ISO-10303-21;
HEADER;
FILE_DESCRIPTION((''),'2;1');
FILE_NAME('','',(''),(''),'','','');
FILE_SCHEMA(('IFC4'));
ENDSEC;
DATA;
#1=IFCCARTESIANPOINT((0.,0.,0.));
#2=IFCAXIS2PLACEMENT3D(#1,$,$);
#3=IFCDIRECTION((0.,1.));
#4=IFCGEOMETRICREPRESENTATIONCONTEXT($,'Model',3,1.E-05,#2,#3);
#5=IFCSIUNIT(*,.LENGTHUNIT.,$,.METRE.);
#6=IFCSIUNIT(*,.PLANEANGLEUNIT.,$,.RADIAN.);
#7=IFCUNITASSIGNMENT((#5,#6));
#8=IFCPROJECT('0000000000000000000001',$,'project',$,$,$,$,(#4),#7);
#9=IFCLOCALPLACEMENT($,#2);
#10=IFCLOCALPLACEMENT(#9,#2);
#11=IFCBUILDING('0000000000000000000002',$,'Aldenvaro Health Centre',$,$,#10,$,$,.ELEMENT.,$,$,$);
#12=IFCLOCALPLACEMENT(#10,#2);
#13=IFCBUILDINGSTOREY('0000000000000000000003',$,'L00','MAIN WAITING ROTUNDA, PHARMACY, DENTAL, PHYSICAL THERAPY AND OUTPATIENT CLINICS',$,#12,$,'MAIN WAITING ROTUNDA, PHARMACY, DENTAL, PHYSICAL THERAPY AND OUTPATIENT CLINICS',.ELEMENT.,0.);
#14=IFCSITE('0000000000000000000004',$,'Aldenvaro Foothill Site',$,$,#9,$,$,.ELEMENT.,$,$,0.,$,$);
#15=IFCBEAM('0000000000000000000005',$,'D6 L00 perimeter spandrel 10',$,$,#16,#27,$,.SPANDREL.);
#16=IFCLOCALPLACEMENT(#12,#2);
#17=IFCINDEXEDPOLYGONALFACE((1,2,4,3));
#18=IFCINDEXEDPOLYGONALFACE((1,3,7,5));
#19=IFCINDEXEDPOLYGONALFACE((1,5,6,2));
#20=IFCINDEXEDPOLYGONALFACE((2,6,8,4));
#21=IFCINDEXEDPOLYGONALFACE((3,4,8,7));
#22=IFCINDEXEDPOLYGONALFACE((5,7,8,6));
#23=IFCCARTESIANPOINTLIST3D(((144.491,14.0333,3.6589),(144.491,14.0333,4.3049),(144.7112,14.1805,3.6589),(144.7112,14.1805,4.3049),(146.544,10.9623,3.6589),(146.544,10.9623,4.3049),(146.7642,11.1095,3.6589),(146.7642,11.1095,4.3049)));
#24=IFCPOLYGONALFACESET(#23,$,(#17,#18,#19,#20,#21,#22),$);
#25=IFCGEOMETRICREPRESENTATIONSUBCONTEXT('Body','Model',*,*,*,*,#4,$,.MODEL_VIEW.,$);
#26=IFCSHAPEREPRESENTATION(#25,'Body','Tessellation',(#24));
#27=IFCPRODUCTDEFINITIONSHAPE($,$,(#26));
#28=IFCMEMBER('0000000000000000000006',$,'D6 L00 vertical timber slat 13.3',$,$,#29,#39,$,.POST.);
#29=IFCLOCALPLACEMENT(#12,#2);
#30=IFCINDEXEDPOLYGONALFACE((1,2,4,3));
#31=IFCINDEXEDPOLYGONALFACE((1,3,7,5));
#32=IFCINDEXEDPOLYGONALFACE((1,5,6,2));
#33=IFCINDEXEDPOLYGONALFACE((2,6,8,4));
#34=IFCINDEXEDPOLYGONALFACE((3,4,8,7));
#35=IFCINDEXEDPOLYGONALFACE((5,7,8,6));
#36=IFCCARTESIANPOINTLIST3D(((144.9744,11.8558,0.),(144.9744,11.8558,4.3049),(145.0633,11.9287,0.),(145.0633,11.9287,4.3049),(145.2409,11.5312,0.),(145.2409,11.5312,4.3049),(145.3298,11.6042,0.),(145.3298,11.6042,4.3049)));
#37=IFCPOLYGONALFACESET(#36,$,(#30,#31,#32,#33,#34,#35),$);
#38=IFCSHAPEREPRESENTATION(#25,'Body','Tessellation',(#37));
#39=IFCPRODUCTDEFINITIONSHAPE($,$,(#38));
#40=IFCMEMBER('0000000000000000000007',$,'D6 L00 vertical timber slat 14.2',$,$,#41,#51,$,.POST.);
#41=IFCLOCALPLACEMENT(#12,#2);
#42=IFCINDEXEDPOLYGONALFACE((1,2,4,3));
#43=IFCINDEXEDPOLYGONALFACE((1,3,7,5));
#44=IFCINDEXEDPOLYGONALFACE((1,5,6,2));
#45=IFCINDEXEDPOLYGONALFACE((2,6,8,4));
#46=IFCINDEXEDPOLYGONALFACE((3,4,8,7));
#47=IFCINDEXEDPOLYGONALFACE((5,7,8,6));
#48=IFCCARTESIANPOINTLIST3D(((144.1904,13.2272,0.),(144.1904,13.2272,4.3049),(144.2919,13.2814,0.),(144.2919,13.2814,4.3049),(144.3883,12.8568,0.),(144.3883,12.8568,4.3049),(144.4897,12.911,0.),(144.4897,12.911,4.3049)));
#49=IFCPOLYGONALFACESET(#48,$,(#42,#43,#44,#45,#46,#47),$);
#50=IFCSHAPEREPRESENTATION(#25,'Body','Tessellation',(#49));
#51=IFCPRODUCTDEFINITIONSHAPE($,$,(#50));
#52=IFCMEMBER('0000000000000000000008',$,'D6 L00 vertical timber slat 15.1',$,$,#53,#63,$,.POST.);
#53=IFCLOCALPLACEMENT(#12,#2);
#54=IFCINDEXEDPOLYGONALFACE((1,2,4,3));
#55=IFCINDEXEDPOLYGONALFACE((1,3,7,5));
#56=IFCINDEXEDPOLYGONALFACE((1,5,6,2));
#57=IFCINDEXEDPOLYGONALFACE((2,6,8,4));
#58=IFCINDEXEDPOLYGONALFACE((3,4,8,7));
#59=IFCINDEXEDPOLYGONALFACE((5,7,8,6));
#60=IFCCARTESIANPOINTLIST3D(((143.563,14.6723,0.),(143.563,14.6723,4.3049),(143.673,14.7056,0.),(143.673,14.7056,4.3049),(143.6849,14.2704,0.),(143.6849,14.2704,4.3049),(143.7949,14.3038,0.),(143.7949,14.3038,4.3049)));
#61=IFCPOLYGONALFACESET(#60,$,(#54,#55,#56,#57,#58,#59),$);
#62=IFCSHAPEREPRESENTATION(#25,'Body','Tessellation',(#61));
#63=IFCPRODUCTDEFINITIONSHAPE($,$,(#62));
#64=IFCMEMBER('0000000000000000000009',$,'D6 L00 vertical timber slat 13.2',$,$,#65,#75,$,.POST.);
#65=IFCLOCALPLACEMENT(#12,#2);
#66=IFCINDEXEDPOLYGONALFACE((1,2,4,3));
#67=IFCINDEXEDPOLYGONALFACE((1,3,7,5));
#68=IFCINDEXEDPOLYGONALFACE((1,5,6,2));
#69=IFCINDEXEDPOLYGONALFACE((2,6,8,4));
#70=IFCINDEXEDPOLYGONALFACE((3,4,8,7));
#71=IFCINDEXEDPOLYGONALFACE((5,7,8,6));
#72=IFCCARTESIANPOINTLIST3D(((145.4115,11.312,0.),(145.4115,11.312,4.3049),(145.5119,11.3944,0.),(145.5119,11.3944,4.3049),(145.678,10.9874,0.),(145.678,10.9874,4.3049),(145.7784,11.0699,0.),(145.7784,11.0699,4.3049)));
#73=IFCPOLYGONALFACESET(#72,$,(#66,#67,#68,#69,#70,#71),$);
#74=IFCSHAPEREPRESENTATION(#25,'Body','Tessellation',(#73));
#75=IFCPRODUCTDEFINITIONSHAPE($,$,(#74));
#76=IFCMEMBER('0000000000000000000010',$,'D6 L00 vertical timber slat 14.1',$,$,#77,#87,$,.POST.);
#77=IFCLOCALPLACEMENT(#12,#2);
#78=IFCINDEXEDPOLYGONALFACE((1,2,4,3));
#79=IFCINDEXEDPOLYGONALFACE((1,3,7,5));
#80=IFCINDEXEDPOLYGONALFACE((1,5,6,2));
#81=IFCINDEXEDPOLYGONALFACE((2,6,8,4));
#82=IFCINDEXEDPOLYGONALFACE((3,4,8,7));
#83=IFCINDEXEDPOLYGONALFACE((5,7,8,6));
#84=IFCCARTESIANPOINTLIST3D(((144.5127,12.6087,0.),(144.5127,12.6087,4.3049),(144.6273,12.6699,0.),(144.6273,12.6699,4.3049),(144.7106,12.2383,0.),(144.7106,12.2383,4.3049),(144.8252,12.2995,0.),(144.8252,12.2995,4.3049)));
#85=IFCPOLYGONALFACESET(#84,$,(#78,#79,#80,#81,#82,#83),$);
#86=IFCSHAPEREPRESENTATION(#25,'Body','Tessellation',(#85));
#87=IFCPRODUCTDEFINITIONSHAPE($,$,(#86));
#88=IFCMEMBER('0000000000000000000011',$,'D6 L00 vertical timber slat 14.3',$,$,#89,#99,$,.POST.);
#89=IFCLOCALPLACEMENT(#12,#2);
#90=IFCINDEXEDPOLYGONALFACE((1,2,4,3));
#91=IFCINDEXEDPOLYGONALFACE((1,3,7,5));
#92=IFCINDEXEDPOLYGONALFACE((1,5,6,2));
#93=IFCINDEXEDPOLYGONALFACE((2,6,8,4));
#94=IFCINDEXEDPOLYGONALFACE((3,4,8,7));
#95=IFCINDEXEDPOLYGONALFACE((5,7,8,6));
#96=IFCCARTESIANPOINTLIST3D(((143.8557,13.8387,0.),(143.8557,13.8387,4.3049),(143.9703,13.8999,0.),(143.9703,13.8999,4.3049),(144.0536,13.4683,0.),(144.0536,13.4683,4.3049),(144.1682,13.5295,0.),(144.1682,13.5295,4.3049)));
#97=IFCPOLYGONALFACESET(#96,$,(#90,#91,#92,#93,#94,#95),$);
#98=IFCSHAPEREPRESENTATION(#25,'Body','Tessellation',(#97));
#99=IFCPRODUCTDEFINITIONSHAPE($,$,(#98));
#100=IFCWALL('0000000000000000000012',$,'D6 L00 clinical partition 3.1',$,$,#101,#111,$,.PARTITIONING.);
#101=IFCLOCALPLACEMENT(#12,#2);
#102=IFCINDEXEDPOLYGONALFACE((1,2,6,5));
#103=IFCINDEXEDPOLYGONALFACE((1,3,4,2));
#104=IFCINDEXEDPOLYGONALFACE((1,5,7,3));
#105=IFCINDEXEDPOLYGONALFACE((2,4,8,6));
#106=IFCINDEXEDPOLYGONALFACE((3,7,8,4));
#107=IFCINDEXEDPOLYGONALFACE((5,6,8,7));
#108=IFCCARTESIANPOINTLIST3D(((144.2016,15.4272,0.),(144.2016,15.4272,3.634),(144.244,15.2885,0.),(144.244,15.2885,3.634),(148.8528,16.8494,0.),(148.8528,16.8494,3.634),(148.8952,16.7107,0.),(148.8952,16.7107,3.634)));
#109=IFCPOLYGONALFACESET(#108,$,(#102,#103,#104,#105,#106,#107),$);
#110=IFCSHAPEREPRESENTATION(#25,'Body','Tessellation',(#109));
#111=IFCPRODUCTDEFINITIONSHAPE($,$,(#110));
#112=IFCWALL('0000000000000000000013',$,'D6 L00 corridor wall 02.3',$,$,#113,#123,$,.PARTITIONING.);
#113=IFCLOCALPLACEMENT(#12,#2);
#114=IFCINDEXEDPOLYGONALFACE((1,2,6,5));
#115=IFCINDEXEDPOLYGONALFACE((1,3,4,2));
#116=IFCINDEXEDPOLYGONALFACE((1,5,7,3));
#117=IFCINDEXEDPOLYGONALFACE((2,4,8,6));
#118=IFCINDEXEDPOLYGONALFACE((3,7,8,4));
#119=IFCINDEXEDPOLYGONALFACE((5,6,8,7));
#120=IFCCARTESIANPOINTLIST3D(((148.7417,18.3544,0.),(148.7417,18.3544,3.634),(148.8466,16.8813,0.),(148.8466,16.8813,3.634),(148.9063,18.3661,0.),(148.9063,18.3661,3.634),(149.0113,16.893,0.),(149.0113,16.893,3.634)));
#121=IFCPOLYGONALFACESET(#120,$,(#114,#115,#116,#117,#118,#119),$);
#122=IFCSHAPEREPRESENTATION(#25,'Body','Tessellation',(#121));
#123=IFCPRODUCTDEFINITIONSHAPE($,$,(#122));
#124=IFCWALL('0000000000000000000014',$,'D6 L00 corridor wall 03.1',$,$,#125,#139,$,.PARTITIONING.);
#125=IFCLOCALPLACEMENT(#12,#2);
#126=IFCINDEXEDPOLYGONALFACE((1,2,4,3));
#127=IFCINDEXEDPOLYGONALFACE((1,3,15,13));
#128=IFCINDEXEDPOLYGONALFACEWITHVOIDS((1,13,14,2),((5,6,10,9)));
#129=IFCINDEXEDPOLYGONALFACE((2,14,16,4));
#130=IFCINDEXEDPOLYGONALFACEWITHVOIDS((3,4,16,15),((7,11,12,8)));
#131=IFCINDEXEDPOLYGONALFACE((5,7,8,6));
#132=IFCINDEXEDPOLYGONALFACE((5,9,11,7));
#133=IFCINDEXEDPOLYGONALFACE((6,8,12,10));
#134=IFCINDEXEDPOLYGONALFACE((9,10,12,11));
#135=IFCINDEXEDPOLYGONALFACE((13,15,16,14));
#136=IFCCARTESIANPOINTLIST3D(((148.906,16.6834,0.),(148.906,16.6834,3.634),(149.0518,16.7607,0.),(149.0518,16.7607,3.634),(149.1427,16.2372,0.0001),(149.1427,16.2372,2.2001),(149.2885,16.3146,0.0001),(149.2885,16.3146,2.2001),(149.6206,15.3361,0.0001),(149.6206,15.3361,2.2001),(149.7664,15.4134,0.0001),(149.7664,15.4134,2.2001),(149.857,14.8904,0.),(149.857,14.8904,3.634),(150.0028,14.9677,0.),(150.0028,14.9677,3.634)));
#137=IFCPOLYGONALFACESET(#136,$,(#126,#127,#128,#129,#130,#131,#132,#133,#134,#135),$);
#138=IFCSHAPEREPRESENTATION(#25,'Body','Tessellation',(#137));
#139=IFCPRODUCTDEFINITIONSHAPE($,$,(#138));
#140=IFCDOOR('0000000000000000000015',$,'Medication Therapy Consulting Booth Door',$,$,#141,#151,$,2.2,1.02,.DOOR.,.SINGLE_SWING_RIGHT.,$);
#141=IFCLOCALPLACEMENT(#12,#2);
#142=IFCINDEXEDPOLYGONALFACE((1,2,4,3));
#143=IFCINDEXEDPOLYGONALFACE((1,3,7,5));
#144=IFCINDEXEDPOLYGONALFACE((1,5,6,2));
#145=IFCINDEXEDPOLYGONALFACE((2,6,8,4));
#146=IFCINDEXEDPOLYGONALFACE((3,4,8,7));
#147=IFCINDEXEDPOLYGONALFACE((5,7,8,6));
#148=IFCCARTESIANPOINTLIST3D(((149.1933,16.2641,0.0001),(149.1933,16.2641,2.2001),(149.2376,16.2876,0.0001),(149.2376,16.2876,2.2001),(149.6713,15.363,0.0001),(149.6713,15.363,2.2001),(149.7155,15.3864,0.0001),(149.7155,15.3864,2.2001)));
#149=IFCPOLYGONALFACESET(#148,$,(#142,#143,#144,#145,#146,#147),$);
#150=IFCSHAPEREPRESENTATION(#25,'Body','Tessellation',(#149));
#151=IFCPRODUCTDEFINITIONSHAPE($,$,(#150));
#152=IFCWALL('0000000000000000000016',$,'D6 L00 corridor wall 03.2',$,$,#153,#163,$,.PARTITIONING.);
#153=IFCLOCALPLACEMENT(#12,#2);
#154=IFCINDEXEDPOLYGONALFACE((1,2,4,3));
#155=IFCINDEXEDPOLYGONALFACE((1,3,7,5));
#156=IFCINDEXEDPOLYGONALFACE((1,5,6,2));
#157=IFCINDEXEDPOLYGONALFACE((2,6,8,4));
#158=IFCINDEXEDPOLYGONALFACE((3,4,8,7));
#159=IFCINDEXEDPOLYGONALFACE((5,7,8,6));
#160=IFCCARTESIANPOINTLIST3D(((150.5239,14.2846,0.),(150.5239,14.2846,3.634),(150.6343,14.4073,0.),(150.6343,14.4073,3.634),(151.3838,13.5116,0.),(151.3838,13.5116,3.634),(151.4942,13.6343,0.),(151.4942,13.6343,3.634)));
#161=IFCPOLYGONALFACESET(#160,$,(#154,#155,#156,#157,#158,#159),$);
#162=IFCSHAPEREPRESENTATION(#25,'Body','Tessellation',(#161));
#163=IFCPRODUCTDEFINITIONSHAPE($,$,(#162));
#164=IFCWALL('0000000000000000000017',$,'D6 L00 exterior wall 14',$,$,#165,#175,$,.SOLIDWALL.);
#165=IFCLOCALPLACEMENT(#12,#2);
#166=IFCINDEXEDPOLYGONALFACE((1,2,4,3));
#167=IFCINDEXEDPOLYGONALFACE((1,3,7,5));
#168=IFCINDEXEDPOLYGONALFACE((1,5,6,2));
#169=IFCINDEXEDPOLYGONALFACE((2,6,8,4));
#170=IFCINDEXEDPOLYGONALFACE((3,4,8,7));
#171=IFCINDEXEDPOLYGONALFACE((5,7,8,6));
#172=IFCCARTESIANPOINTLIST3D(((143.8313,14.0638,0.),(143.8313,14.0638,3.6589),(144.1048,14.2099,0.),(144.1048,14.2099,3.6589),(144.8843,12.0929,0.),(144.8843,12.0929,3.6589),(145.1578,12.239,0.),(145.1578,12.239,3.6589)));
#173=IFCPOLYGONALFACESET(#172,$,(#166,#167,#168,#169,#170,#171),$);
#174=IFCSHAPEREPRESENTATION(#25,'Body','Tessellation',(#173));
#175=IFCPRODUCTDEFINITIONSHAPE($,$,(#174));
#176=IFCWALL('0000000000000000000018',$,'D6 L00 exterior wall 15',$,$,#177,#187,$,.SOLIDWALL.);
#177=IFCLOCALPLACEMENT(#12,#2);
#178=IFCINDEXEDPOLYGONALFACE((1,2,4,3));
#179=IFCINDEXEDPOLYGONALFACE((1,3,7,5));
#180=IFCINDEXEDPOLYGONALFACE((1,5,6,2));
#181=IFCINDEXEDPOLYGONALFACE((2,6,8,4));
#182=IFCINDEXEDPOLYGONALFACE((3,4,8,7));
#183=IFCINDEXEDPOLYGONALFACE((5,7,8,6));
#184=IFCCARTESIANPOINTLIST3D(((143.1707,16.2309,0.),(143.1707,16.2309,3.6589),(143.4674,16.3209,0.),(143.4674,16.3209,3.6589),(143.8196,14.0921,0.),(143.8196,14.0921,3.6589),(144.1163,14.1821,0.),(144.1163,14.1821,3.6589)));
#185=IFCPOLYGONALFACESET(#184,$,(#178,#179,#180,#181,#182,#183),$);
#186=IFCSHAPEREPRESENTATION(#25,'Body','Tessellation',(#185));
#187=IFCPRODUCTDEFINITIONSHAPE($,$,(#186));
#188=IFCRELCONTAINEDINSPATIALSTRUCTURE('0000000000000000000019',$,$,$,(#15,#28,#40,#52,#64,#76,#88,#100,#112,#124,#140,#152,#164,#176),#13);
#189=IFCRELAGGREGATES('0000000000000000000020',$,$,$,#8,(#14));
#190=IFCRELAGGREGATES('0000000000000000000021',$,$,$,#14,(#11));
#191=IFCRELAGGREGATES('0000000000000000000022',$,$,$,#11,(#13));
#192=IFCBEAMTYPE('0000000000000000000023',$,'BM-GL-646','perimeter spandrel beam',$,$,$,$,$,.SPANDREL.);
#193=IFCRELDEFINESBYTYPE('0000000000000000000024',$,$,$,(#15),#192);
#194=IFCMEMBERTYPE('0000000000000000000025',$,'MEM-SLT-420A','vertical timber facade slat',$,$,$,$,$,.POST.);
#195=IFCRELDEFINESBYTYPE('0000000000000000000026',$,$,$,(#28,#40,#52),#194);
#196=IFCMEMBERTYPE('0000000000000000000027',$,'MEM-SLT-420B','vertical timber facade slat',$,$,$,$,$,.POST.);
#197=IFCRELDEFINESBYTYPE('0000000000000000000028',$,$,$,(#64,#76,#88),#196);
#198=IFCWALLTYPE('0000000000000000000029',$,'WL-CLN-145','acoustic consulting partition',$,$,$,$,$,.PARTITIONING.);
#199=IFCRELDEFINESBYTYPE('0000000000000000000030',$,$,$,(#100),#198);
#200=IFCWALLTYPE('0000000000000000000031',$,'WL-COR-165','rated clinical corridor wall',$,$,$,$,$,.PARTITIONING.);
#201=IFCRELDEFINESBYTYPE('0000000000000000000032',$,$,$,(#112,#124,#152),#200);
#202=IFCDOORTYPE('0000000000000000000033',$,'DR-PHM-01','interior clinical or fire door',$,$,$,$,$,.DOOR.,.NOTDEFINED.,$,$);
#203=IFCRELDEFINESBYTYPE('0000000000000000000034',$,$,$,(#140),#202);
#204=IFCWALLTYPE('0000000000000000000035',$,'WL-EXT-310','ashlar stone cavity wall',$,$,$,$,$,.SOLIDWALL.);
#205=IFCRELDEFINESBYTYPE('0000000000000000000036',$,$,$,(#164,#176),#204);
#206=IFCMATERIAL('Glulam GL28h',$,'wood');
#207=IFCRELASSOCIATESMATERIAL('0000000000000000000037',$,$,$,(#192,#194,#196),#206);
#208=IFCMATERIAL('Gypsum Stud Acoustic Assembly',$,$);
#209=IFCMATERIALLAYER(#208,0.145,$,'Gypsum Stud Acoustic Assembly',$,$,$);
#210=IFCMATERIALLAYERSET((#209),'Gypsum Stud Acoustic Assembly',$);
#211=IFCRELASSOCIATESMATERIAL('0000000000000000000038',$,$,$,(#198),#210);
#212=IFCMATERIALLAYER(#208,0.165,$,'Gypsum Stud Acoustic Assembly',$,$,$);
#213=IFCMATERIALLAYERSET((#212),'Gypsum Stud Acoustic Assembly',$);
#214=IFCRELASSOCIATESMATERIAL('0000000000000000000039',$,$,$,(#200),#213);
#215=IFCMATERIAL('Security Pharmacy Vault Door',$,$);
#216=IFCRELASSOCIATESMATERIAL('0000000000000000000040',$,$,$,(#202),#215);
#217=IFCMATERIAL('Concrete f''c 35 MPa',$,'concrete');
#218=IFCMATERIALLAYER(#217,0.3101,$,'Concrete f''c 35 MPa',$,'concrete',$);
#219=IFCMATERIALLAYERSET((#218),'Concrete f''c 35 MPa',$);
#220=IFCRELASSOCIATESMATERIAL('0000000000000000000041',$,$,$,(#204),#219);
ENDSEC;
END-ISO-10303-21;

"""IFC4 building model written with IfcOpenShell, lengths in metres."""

from ifc_helpers import new_model, si_unit, direction, frame, frame_2d, origin, origin_2d, place, context, subcontext, project, spatial, rectangle, extrude, material, layer, layer_set, material_profile, profile_set, type_object, element, fill, save


model = new_model("IFC4")

# Units and contexts
model_context = context("Model", 3, precision=1e-05, world=origin(), true_north=direction((0.0, 1.0)))
body_context = subcontext(model_context, "Body", "Model", "MODEL_VIEW")
ifc_project = project(units=[si_unit("LENGTHUNIT", "METRE"), si_unit("PLANEANGLEUNIT", "RADIAN")], contexts=[model_context])

# Site, building, storey
site_placement = place(None, origin())
site = spatial("IfcSite", under=ifc_project, at=site_placement, Name="Aldenvaro Foothill Site", CompositionType="ELEMENT", RefElevation=0.0)
building_placement = place(site_placement, origin())
building = spatial("IfcBuilding", under=site, at=building_placement, Name="Aldenvaro Health Centre", CompositionType="ELEMENT")
storey_placement = place(building_placement, origin())
storey = spatial("IfcBuildingStorey", under=building, at=storey_placement, Name="L00", Description="MAIN WAITING ROTUNDA, PHARMACY, DENTAL, PHYSICAL THERAPY AND OUTPATIENT CLINICS", LongName="MAIN WAITING ROTUNDA, PHARMACY, DENTAL, PHYSICAL THERAPY AND OUTPATIENT CLINICS", CompositionType="ELEMENT", Elevation=0.0)

# Shared definitions
ifc_material_1 = material(Name="Glulam GL28h", Category="wood")

# Beam
ifc_material_profile_1 = material_profile(ifc_material_1, rectangle(XDim=0.2649, YDim=0.646, at=origin_2d()), Name="GL 265x646", Category="wood")
ifc_profile_set_1 = profile_set([ifc_material_profile_1], Name="Glulam GL28h")
beam_type_1 = type_object("IfcBeamType", Name="BM-GL-646", Description="perimeter spandrel beam", PredefinedType="SPANDREL", material=ifc_profile_set_1)
beam_1_placement = place(storey_placement, frame((144.6011, 14.1069, 3.9819), z_axis=(0.555752, -0.831348, 0.0), x_axis=(0.831348, 0.555752, 0.0)))
element("IfcBeam", 1, at=beam_1_placement, inside=storey, type_object=beam_type_1, Name="D6 L00 perimeter spandrel 10", PredefinedType="SPANDREL", context=body_context, shape_type="SweptSolid", body=[
    extrude(rectangle(XDim=0.2649, YDim=0.646, at=origin_2d()), origin(), (0.0, 0.0, 1.0), 3.6941),
])

# Members
ifc_material_profile_2 = material_profile(ifc_material_1, rectangle(XDim=0.115, YDim=0.4199, at=origin_2d()), Name="GL 115x420", Category="wood")
ifc_profile_set_2 = profile_set([ifc_material_profile_2], Name="Glulam GL28h")
member_type_1 = type_object("IfcMemberType", Name="MEM-SLT-420A", Description="vertical timber facade slat", PredefinedType="POST", material=ifc_profile_set_2)
for number, where, z_axis, x_axis, name in (
    (2, (145.1521, 11.73, 0.0), (0.0, 0.0, 1.0), (-0.77286, -0.634577, 0.0), "D6 L00 vertical timber slat 13.3"),
    (3, (144.3401, 13.0691, 0.0), (0.0, 0.0, 1.0), (-0.882018, -0.471215, 0.0), "D6 L00 vertical timber slat 14.2"),
    (4, (143.679, 14.488, 0.0), (0.0, 0.0, 1.0), (-0.956923, -0.290343, 0.0), "D6 L00 vertical timber slat 15.1"),
):
    element("IfcMember", number, at=place(storey_placement, frame(where, z_axis=z_axis, x_axis=x_axis)), inside=storey, type_object=member_type_1, Name=name, PredefinedType="POST", context=body_context, shape_type="SweptSolid", body=[
        extrude(rectangle(XDim=0.115, YDim=0.4199, at=origin_2d()), origin(), (0.0, 0.0, 1.0), 4.3049),
    ])
ifc_material_profile_3 = material_profile(ifc_material_1, rectangle(XDim=0.1299, YDim=0.4199, at=origin_2d()), Name="GL 130x420", Category="wood")
ifc_profile_set_3 = profile_set([ifc_material_profile_3], Name="Glulam GL28h")
member_type_2 = type_object("IfcMemberType", Name="MEM-SLT-420B", Description="vertical timber facade slat", PredefinedType="POST", material=ifc_profile_set_3)
for number, where, z_axis, x_axis, name in (
    (5, (145.595, 11.1909, 0.0), (0.0, 0.0, 1.0), (-0.77286, -0.634577, 0.0), "D6 L00 vertical timber slat 13.2"),
    (6, (144.6689, 12.4541, 0.0), (0.0, 0.0, 1.0), (-0.882018, -0.471215, 0.0), "D6 L00 vertical timber slat 14.1"),
    (7, (144.012, 13.6841, 0.0), (0.0, 0.0, 1.0), (-0.882018, -0.471215, 0.0), "D6 L00 vertical timber slat 14.3"),
):
    element("IfcMember", number, at=place(storey_placement, frame(where, z_axis=z_axis, x_axis=x_axis)), inside=storey, type_object=member_type_2, Name=name, PredefinedType="POST", context=body_context, shape_type="SweptSolid", body=[
        extrude(rectangle(XDim=0.1299, YDim=0.4199, at=origin_2d()), origin(), (0.0, 0.0, 1.0), 4.3049),
    ])

# Walls
ifc_material_2 = material(Name="Gypsum Stud Acoustic Assembly")
ifc_layer_1 = layer(ifc_material_2, 0.145, Name="Gypsum Stud Acoustic Assembly")
ifc_layer_set_1 = layer_set([ifc_layer_1], Name="Gypsum Stud Acoustic Assembly")
wall_type_1 = type_object("IfcWallType", Name="WL-CLN-145", Description="acoustic consulting partition", PredefinedType="PARTITIONING", material=ifc_layer_set_1)
wall_1_placement = place(storey_placement, frame((148.874, 16.78, 0.0), z_axis=(0.0, 0.0, 1.0), x_axis=(-0.956297, -0.292396, 0.0)))
element("IfcWall", 8, at=wall_1_placement, inside=storey, type_object=wall_type_1, Name="D6 L00 clinical partition 3.1", PredefinedType="PARTITIONING", context=body_context, shape_type="SweptSolid", body=[
    extrude(rectangle(XDim=4.8638, YDim=0.145, at=frame_2d((2.4319, 0.0))), origin(), (0.0, 0.0, 1.0), 3.634),
])
ifc_layer_2 = layer(ifc_material_2, 0.165, Name="Gypsum Stud Acoustic Assembly")
ifc_layer_set_2 = layer_set([ifc_layer_2], Name="Gypsum Stud Acoustic Assembly")
wall_type_2 = type_object("IfcWallType", Name="WL-COR-165", Description="rated clinical corridor wall", PredefinedType="PARTITIONING", material=ifc_layer_set_2)
wall_2_placement = place(storey_placement, frame((148.824, 18.3601, 0.0), z_axis=(0.0, 0.0, 1.0), x_axis=(0.071083, -0.99747, 0.0)))
element("IfcWall", 9, at=wall_2_placement, inside=storey, type_object=wall_type_2, Name="D6 L00 corridor wall 02.3", PredefinedType="PARTITIONING", context=body_context, shape_type="SweptSolid", body=[
    extrude(rectangle(XDim=1.4768, YDim=0.165, at=frame_2d((0.7383, 0.0))), origin(), (0.0, 0.0, 1.0), 3.634),
])

# Wall, opening, door
wall_3_placement = place(storey_placement, frame((148.979, 16.7219, 0.0), z_axis=(0.0, 0.0, 1.0), x_axis=(0.468545, -0.883439, 0.0)))
wall_3 = element("IfcWall", 10, at=wall_3_placement, inside=storey, type_object=wall_type_2, Name="D6 L00 corridor wall 03.1", PredefinedType="PARTITIONING", context=body_context, shape_type="SweptSolid", body=[
    extrude(rectangle(XDim=2.0295, YDim=0.165, at=frame_2d((1.0146, 0.0))), origin(), (0.0, 0.0, 1.0), 3.634),
])
opening_placement = place(wall_3_placement, frame((0.5049, 0.0, 0.0)))
opening = element("IfcOpeningElement", 11, at=opening_placement, cuts=wall_3, PredefinedType="OPENING", context=body_context, shape_type="SweptSolid", body=[
    extrude(rectangle(XDim=1.02, YDim=2.2, at=frame_2d((0.51, 1.1001))), frame((0.0, 0.0925, 0.0), z_axis=(0.0, -1.0, 0.0), x_axis=(1.0, 0.0, 0.0)), (0.0, 0.0, 1.0), 0.1851),
])
ifc_material_3 = material(Name="Security Pharmacy Vault Door")
door_type = type_object("IfcDoorType", Name="DR-PHM-01", Description="interior clinical or fire door", OperationType="NOTDEFINED", PredefinedType="DOOR", material=ifc_material_3)
door_placement = place(opening_placement, origin())
door = element("IfcDoor", 12, at=door_placement, inside=storey, type_object=door_type, Name="Medication Therapy Consulting Booth Door", OperationType="SINGLE_SWING_RIGHT", OverallHeight=2.2, OverallWidth=1.02, PredefinedType="DOOR", context=body_context, shape_type="SweptSolid", body=[
    extrude(rectangle(XDim=1.02, YDim=2.2, at=frame_2d((0.51, 1.1001))), frame((0.0, 0.0249, 0.0), z_axis=(0.0, -1.0, 0.0), x_axis=(1.0, 0.0, 0.0)), (0.0, 0.0, 1.0), 0.05),
])
fill(opening, door)

# Walls
wall_4_placement = place(storey_placement, frame((150.5791, 14.3459, 0.0), z_axis=(0.0, 0.0, 1.0), x_axis=(0.743693, -0.668521, 0.0)))
element("IfcWall", 13, at=wall_4_placement, inside=storey, type_object=wall_type_2, Name="D6 L00 corridor wall 03.2", PredefinedType="PARTITIONING", context=body_context, shape_type="SweptSolid", body=[
    extrude(rectangle(XDim=1.1562, YDim=0.165, at=frame_2d((0.5781, 0.0))), origin(), (0.0, 0.0, 1.0), 3.634),
])
ifc_material_4 = material(Name="Concrete f'c 35 MPa", Category="concrete")
ifc_layer_3 = layer(ifc_material_4, 0.3101, Name="Concrete f'c 35 MPa", Category="concrete")
ifc_layer_set_3 = layer_set([ifc_layer_3], Name="Concrete f'c 35 MPa")
wall_type_3 = type_object("IfcWallType", Name="WL-EXT-310", Description="ashlar stone cavity wall", PredefinedType="SOLIDWALL", material=ifc_layer_set_3)
wall_5_placement = place(storey_placement, frame((145.021, 12.166, 0.0), z_axis=(0.0, 0.0, 1.0), x_axis=(-0.471218, 0.882017, 0.0)))
element("IfcWall", 14, at=wall_5_placement, inside=storey, type_object=wall_type_3, Name="D6 L00 exterior wall 14", PredefinedType="SOLIDWALL", context=body_context, shape_type="SweptSolid", body=[
    extrude(rectangle(XDim=2.2346, YDim=0.3101, at=frame_2d((1.1172, 0.0))), origin(), (0.0, 0.0, 1.0), 3.6589),
])
wall_6_placement = place(storey_placement, frame((143.968, 14.137, 0.0), z_axis=(0.0, 0.0, 1.0), x_axis=(-0.290323, 0.956929, 0.0)))
element("IfcWall", 15, at=wall_6_placement, inside=storey, type_object=wall_type_3, Name="D6 L00 exterior wall 15", PredefinedType="SOLIDWALL", context=body_context, shape_type="SweptSolid", body=[
    extrude(rectangle(XDim=2.2351, YDim=0.3101, at=frame_2d((1.1177, 0.0))), origin(), (0.0, 0.0, 1.0), 3.6589),
])

save(model, "model.ifc")
